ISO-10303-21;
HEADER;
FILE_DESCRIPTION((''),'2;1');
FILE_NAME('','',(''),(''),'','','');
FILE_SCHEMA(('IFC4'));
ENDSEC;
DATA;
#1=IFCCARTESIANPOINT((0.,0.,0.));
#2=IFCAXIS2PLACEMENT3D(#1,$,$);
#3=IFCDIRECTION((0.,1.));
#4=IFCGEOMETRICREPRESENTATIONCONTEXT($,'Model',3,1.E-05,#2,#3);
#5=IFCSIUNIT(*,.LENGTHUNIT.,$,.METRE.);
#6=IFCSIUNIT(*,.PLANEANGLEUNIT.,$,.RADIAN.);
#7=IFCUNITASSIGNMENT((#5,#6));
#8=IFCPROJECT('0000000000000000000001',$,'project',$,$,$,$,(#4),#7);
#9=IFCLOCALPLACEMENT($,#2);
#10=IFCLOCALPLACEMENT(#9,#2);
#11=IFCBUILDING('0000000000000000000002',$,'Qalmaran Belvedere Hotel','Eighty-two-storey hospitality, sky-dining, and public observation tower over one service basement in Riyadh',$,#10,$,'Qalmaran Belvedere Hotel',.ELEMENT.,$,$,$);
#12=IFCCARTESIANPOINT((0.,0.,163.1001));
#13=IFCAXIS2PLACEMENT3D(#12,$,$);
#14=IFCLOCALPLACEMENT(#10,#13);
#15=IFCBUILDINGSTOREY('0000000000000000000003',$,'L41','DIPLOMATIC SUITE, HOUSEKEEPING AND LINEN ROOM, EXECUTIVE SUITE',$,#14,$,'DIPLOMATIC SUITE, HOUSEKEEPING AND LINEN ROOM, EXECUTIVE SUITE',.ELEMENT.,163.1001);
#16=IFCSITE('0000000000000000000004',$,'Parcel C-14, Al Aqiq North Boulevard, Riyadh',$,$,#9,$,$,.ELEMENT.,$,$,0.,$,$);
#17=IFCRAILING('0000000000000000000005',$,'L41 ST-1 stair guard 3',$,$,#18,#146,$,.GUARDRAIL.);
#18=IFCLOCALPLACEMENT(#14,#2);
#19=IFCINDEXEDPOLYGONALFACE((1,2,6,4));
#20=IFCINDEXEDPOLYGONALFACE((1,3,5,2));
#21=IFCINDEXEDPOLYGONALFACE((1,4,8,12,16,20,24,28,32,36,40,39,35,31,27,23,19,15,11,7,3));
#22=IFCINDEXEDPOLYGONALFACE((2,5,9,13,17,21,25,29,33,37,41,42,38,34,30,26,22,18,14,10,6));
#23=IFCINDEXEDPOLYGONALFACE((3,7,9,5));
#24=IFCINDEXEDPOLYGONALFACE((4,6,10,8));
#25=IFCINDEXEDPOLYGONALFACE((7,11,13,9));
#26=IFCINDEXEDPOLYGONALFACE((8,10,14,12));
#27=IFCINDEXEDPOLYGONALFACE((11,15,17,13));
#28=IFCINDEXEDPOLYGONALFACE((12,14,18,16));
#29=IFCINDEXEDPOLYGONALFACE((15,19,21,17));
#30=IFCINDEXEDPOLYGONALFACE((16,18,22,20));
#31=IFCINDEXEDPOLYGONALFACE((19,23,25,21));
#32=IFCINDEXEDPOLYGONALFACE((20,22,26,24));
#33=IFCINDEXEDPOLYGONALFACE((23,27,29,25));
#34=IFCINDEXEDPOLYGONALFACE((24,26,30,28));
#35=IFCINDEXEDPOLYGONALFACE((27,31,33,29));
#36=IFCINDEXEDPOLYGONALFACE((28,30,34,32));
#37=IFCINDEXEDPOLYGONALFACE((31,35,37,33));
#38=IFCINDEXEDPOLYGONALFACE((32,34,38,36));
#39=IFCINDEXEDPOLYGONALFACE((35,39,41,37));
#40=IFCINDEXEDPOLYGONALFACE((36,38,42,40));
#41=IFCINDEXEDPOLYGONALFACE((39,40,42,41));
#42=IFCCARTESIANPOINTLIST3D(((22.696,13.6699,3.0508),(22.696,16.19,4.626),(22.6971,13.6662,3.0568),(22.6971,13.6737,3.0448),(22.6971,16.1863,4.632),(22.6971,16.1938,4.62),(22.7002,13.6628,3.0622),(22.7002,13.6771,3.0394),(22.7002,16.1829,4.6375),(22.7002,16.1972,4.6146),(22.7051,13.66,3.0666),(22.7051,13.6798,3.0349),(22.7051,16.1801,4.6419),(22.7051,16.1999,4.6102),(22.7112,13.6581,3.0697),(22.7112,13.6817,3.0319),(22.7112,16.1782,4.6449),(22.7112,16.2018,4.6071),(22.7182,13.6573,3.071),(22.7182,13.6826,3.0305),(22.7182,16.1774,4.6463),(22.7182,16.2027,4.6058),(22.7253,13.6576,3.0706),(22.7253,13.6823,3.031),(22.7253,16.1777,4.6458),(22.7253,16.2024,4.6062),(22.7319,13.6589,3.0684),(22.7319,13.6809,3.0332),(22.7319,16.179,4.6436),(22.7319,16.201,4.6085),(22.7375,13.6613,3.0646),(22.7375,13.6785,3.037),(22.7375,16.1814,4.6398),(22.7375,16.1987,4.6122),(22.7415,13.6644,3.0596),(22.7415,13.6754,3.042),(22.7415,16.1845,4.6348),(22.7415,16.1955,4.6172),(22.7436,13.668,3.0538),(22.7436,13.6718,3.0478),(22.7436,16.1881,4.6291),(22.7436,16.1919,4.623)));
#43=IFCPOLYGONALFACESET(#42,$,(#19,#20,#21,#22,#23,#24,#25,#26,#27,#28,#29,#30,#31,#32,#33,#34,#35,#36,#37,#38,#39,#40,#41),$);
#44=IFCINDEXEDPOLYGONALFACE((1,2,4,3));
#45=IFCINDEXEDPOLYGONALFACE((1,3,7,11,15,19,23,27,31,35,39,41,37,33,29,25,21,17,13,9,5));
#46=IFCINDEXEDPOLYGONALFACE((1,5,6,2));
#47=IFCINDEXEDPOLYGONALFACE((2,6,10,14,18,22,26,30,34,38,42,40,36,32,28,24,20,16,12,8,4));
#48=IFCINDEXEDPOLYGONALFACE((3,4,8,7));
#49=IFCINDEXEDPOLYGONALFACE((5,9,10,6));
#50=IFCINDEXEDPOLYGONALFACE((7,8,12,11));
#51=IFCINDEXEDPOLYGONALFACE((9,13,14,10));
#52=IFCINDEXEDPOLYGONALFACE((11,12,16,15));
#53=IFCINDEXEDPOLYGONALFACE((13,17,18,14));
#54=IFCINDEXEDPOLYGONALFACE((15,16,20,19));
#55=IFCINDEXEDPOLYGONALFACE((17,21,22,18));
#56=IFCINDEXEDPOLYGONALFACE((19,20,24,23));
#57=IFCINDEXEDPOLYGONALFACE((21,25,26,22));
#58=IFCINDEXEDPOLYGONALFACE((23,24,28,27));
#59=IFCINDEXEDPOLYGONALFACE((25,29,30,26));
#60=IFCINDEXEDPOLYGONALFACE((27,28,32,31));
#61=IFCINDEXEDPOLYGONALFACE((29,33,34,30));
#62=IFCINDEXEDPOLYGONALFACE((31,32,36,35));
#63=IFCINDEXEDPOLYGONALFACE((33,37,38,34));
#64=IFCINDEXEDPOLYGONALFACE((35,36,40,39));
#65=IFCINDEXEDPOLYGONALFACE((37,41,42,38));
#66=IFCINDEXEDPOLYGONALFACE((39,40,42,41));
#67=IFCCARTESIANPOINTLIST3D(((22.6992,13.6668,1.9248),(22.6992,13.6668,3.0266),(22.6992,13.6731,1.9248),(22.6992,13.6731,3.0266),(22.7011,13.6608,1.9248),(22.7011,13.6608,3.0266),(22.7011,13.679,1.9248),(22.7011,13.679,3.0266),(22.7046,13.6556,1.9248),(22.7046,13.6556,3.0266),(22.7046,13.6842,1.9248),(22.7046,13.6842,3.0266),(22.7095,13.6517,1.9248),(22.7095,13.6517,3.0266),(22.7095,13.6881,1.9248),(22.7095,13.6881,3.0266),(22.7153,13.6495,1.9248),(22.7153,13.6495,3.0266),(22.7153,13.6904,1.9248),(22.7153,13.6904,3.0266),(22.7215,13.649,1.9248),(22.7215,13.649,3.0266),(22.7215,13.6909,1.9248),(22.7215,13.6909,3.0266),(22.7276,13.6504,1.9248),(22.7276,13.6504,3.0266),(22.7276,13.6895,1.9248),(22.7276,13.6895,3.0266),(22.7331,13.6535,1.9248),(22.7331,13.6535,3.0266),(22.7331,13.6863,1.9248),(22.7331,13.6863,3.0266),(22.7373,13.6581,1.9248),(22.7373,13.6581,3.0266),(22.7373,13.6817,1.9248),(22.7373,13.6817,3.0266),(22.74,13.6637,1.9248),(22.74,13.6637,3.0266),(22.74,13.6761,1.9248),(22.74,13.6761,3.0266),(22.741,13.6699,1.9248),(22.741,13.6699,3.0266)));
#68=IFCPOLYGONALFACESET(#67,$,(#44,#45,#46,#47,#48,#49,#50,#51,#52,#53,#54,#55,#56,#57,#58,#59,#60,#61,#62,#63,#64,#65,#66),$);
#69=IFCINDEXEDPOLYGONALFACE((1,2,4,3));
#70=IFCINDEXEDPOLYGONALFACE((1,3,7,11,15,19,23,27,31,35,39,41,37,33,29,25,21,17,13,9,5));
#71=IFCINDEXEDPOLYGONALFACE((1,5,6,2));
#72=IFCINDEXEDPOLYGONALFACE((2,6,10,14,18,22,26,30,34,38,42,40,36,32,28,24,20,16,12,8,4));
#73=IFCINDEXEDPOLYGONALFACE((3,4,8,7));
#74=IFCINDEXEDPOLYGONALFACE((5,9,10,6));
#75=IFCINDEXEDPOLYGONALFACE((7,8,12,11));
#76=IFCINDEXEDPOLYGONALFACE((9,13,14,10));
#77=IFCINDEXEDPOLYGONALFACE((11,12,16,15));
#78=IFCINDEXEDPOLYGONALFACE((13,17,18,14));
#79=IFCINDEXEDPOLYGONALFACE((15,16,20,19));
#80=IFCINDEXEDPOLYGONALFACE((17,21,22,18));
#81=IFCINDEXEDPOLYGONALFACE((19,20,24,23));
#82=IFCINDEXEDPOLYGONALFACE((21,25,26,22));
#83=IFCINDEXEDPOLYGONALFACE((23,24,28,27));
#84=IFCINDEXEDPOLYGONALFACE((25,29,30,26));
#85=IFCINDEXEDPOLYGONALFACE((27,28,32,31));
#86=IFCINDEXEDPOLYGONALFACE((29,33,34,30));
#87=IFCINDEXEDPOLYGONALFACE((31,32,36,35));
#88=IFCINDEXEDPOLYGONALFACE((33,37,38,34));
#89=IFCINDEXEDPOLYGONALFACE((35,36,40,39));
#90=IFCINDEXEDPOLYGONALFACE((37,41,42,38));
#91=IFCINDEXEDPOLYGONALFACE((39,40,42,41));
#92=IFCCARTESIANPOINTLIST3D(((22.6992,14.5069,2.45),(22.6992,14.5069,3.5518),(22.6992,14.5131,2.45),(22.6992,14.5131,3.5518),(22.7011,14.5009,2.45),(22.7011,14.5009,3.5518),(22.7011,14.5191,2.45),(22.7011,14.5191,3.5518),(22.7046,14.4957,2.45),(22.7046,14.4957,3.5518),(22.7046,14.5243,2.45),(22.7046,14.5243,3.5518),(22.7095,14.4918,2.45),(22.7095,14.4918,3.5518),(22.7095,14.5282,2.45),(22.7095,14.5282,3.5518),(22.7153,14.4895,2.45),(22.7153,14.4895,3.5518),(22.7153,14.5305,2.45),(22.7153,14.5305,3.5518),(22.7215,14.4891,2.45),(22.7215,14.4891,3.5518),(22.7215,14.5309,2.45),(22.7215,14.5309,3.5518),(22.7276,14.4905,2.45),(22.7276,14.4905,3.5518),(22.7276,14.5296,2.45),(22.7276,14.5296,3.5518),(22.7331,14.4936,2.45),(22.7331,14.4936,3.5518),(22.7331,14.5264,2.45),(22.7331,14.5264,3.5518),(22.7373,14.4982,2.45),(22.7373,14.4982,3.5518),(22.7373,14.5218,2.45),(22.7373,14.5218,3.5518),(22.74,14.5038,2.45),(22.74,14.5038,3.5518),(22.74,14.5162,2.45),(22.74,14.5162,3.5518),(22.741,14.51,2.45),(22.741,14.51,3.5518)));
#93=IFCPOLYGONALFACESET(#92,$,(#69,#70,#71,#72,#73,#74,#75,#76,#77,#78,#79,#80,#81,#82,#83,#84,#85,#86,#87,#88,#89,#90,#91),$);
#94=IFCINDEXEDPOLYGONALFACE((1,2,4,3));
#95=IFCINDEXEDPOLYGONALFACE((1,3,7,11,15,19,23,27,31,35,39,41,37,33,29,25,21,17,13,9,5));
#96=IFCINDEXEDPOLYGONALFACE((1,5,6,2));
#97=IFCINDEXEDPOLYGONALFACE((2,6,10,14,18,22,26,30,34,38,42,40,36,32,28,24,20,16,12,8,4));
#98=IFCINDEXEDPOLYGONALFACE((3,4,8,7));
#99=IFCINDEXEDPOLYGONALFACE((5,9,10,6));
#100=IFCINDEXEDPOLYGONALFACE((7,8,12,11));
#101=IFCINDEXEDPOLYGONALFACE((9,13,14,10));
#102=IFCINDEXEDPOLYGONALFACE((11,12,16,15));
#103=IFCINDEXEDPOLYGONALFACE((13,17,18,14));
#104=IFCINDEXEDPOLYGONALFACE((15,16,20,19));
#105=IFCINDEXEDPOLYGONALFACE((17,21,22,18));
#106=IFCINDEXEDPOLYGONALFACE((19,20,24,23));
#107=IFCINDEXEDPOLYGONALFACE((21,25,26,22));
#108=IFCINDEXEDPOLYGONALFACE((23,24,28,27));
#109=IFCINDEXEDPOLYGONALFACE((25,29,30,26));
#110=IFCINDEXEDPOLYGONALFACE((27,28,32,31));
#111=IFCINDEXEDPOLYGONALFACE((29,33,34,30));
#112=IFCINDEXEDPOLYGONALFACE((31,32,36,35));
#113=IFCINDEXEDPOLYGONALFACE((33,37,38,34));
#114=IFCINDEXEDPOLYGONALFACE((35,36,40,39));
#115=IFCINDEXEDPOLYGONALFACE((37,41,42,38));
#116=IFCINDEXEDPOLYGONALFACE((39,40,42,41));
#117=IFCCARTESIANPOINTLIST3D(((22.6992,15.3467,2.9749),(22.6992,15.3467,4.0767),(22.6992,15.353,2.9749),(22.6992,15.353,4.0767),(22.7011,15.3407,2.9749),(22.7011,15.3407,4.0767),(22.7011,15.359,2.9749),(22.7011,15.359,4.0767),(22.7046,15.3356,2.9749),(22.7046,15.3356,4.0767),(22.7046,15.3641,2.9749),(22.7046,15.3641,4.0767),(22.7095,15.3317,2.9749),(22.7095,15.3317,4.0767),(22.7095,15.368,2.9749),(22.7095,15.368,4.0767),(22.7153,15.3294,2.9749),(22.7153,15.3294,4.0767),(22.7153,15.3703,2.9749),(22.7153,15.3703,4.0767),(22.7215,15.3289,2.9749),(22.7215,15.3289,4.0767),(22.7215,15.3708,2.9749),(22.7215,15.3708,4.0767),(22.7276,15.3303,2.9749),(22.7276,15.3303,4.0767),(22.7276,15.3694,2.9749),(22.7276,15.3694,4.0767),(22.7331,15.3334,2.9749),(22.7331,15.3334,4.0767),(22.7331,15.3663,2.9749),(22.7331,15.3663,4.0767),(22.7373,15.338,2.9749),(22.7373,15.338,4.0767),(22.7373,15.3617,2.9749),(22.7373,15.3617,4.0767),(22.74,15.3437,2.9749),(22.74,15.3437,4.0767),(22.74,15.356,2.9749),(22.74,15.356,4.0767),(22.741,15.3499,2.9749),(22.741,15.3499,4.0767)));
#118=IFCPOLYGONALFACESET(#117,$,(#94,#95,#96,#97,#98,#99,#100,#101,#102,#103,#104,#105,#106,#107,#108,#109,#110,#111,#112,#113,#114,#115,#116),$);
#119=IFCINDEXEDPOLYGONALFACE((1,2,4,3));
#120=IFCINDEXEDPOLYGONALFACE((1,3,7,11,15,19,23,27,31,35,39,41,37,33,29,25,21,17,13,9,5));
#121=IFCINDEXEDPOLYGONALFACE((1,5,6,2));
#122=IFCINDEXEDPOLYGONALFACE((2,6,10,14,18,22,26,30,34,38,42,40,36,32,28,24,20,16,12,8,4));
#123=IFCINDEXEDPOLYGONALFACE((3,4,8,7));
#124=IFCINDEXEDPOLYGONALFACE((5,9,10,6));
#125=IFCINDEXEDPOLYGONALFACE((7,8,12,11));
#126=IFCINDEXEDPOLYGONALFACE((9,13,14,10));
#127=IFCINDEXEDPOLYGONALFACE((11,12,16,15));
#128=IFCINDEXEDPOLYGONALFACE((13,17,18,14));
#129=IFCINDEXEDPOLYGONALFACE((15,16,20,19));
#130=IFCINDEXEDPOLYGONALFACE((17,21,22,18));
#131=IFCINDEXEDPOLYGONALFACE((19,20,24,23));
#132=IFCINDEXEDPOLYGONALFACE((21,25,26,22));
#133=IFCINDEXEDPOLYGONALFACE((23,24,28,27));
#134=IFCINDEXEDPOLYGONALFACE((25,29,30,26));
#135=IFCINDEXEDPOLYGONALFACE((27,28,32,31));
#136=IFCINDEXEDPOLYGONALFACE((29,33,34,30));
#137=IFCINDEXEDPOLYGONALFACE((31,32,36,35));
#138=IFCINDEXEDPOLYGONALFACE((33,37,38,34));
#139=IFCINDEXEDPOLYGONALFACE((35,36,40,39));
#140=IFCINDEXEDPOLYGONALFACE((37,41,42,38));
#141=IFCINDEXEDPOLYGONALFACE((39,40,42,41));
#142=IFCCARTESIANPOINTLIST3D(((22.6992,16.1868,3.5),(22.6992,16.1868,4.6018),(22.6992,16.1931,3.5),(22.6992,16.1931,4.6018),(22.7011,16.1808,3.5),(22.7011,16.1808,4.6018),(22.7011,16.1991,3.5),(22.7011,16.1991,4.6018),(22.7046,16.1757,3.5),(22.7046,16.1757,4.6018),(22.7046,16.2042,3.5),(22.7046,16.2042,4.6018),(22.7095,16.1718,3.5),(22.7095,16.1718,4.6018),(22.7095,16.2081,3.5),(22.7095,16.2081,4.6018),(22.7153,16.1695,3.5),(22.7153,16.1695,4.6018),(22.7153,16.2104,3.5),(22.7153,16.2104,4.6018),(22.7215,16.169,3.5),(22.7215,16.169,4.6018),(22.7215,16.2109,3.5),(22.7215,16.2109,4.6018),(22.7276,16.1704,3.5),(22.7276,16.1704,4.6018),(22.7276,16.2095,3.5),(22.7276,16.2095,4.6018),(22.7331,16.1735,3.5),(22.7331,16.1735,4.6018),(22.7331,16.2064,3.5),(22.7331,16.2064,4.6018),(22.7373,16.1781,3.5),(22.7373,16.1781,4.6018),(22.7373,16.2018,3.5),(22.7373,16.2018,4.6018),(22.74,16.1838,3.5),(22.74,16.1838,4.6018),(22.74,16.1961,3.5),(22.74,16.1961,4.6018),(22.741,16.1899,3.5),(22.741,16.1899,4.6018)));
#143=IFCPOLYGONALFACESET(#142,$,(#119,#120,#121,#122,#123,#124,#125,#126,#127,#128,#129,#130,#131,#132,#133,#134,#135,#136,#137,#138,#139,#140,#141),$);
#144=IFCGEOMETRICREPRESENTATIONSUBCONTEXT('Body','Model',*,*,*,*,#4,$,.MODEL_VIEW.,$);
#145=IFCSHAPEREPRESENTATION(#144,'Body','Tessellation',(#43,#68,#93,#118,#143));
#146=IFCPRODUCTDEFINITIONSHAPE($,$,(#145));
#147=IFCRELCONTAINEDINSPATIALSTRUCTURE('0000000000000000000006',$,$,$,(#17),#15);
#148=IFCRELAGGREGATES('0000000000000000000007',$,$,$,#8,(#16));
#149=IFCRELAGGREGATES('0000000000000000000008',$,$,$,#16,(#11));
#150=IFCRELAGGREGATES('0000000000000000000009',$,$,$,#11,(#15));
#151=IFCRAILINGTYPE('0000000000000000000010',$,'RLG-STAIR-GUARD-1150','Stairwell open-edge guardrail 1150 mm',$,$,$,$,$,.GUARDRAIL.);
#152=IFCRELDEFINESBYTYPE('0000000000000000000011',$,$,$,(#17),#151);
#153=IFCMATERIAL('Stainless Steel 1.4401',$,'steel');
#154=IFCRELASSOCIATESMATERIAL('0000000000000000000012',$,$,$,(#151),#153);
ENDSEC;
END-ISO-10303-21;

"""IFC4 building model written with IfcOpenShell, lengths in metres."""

from ifc_helpers import new_model, si_unit, direction, frame, origin, origin_2d, place, context, subcontext, project, spatial, circle, extrude, material, type_object, element, save


model = new_model("IFC4")

# Units and contexts
model_context = context("Model", 3, precision=1e-05, world=origin(), true_north=direction((0.0, 1.0)))
body_context = subcontext(model_context, "Body", "Model", "MODEL_VIEW")
ifc_project = project(units=[si_unit("LENGTHUNIT", "METRE"), si_unit("PLANEANGLEUNIT", "RADIAN")], contexts=[model_context])

# Site, building, storey
site_placement = place(None, origin())
site = spatial("IfcSite", under=ifc_project, at=site_placement, Name="Parcel C-14, Al Aqiq North Boulevard, Riyadh", CompositionType="ELEMENT", RefElevation=0.0)
building_placement = place(site_placement, origin())
building = spatial("IfcBuilding", under=site, at=building_placement, Name="Qalmaran Belvedere Hotel", Description="Eighty-two-storey hospitality, sky-dining, and public observation tower over one service basement in Riyadh", LongName="Qalmaran Belvedere Hotel", CompositionType="ELEMENT")
storey_placement = place(building_placement, frame((0.0, 0.0, 163.1001)))
storey = spatial("IfcBuildingStorey", under=building, at=storey_placement, Name="L41", Description="DIPLOMATIC SUITE, HOUSEKEEPING AND LINEN ROOM, EXECUTIVE SUITE", LongName="DIPLOMATIC SUITE, HOUSEKEEPING AND LINEN ROOM, EXECUTIVE SUITE", CompositionType="ELEMENT", Elevation=163.1001)

# Railing
ifc_material_1 = material(Name="Stainless Steel 1.4401", Category="steel")
railing_type_1 = type_object("IfcRailingType", Name="RLG-STAIR-GUARD-1150", Description="Stairwell open-edge guardrail 1150 mm", PredefinedType="GUARDRAIL", material=ifc_material_1)
railing_1_placement = place(storey_placement, frame((22.72, 13.6699, 1.9248)))
element("IfcRailing", 1, at=railing_1_placement, inside=storey, type_object=railing_type_1, Name="L41 ST-1 stair guard 3", PredefinedType="GUARDRAIL", context=body_context, shape_type="SweptSolid", body=[
    extrude(circle(Radius=0.0239, at=origin_2d()), frame((0.0, 0.0, 1.126), z_axis=(0.0, 0.847971, 0.530043), x_axis=(-1.0, 0.0, 0.0)), (0.0, 0.0, 1.0), 2.9719),
    extrude(circle(Radius=0.021, at=origin_2d()), origin(), (0.0, 0.0, 1.0), 1.1018),
    extrude(circle(Radius=0.021, at=origin_2d()), frame((0.0, 0.8401, 0.5251)), (0.0, 0.0, 1.0), 1.1018),
    extrude(circle(Radius=0.021, at=origin_2d()), frame((0.0, 1.6799, 1.05)), (0.0, 0.0, 1.0), 1.1018),
    extrude(circle(Radius=0.021, at=origin_2d()), frame((0.0, 2.52, 1.5752)), (0.0, 0.0, 1.0), 1.1018),
])

save(model, "model.ifc")
